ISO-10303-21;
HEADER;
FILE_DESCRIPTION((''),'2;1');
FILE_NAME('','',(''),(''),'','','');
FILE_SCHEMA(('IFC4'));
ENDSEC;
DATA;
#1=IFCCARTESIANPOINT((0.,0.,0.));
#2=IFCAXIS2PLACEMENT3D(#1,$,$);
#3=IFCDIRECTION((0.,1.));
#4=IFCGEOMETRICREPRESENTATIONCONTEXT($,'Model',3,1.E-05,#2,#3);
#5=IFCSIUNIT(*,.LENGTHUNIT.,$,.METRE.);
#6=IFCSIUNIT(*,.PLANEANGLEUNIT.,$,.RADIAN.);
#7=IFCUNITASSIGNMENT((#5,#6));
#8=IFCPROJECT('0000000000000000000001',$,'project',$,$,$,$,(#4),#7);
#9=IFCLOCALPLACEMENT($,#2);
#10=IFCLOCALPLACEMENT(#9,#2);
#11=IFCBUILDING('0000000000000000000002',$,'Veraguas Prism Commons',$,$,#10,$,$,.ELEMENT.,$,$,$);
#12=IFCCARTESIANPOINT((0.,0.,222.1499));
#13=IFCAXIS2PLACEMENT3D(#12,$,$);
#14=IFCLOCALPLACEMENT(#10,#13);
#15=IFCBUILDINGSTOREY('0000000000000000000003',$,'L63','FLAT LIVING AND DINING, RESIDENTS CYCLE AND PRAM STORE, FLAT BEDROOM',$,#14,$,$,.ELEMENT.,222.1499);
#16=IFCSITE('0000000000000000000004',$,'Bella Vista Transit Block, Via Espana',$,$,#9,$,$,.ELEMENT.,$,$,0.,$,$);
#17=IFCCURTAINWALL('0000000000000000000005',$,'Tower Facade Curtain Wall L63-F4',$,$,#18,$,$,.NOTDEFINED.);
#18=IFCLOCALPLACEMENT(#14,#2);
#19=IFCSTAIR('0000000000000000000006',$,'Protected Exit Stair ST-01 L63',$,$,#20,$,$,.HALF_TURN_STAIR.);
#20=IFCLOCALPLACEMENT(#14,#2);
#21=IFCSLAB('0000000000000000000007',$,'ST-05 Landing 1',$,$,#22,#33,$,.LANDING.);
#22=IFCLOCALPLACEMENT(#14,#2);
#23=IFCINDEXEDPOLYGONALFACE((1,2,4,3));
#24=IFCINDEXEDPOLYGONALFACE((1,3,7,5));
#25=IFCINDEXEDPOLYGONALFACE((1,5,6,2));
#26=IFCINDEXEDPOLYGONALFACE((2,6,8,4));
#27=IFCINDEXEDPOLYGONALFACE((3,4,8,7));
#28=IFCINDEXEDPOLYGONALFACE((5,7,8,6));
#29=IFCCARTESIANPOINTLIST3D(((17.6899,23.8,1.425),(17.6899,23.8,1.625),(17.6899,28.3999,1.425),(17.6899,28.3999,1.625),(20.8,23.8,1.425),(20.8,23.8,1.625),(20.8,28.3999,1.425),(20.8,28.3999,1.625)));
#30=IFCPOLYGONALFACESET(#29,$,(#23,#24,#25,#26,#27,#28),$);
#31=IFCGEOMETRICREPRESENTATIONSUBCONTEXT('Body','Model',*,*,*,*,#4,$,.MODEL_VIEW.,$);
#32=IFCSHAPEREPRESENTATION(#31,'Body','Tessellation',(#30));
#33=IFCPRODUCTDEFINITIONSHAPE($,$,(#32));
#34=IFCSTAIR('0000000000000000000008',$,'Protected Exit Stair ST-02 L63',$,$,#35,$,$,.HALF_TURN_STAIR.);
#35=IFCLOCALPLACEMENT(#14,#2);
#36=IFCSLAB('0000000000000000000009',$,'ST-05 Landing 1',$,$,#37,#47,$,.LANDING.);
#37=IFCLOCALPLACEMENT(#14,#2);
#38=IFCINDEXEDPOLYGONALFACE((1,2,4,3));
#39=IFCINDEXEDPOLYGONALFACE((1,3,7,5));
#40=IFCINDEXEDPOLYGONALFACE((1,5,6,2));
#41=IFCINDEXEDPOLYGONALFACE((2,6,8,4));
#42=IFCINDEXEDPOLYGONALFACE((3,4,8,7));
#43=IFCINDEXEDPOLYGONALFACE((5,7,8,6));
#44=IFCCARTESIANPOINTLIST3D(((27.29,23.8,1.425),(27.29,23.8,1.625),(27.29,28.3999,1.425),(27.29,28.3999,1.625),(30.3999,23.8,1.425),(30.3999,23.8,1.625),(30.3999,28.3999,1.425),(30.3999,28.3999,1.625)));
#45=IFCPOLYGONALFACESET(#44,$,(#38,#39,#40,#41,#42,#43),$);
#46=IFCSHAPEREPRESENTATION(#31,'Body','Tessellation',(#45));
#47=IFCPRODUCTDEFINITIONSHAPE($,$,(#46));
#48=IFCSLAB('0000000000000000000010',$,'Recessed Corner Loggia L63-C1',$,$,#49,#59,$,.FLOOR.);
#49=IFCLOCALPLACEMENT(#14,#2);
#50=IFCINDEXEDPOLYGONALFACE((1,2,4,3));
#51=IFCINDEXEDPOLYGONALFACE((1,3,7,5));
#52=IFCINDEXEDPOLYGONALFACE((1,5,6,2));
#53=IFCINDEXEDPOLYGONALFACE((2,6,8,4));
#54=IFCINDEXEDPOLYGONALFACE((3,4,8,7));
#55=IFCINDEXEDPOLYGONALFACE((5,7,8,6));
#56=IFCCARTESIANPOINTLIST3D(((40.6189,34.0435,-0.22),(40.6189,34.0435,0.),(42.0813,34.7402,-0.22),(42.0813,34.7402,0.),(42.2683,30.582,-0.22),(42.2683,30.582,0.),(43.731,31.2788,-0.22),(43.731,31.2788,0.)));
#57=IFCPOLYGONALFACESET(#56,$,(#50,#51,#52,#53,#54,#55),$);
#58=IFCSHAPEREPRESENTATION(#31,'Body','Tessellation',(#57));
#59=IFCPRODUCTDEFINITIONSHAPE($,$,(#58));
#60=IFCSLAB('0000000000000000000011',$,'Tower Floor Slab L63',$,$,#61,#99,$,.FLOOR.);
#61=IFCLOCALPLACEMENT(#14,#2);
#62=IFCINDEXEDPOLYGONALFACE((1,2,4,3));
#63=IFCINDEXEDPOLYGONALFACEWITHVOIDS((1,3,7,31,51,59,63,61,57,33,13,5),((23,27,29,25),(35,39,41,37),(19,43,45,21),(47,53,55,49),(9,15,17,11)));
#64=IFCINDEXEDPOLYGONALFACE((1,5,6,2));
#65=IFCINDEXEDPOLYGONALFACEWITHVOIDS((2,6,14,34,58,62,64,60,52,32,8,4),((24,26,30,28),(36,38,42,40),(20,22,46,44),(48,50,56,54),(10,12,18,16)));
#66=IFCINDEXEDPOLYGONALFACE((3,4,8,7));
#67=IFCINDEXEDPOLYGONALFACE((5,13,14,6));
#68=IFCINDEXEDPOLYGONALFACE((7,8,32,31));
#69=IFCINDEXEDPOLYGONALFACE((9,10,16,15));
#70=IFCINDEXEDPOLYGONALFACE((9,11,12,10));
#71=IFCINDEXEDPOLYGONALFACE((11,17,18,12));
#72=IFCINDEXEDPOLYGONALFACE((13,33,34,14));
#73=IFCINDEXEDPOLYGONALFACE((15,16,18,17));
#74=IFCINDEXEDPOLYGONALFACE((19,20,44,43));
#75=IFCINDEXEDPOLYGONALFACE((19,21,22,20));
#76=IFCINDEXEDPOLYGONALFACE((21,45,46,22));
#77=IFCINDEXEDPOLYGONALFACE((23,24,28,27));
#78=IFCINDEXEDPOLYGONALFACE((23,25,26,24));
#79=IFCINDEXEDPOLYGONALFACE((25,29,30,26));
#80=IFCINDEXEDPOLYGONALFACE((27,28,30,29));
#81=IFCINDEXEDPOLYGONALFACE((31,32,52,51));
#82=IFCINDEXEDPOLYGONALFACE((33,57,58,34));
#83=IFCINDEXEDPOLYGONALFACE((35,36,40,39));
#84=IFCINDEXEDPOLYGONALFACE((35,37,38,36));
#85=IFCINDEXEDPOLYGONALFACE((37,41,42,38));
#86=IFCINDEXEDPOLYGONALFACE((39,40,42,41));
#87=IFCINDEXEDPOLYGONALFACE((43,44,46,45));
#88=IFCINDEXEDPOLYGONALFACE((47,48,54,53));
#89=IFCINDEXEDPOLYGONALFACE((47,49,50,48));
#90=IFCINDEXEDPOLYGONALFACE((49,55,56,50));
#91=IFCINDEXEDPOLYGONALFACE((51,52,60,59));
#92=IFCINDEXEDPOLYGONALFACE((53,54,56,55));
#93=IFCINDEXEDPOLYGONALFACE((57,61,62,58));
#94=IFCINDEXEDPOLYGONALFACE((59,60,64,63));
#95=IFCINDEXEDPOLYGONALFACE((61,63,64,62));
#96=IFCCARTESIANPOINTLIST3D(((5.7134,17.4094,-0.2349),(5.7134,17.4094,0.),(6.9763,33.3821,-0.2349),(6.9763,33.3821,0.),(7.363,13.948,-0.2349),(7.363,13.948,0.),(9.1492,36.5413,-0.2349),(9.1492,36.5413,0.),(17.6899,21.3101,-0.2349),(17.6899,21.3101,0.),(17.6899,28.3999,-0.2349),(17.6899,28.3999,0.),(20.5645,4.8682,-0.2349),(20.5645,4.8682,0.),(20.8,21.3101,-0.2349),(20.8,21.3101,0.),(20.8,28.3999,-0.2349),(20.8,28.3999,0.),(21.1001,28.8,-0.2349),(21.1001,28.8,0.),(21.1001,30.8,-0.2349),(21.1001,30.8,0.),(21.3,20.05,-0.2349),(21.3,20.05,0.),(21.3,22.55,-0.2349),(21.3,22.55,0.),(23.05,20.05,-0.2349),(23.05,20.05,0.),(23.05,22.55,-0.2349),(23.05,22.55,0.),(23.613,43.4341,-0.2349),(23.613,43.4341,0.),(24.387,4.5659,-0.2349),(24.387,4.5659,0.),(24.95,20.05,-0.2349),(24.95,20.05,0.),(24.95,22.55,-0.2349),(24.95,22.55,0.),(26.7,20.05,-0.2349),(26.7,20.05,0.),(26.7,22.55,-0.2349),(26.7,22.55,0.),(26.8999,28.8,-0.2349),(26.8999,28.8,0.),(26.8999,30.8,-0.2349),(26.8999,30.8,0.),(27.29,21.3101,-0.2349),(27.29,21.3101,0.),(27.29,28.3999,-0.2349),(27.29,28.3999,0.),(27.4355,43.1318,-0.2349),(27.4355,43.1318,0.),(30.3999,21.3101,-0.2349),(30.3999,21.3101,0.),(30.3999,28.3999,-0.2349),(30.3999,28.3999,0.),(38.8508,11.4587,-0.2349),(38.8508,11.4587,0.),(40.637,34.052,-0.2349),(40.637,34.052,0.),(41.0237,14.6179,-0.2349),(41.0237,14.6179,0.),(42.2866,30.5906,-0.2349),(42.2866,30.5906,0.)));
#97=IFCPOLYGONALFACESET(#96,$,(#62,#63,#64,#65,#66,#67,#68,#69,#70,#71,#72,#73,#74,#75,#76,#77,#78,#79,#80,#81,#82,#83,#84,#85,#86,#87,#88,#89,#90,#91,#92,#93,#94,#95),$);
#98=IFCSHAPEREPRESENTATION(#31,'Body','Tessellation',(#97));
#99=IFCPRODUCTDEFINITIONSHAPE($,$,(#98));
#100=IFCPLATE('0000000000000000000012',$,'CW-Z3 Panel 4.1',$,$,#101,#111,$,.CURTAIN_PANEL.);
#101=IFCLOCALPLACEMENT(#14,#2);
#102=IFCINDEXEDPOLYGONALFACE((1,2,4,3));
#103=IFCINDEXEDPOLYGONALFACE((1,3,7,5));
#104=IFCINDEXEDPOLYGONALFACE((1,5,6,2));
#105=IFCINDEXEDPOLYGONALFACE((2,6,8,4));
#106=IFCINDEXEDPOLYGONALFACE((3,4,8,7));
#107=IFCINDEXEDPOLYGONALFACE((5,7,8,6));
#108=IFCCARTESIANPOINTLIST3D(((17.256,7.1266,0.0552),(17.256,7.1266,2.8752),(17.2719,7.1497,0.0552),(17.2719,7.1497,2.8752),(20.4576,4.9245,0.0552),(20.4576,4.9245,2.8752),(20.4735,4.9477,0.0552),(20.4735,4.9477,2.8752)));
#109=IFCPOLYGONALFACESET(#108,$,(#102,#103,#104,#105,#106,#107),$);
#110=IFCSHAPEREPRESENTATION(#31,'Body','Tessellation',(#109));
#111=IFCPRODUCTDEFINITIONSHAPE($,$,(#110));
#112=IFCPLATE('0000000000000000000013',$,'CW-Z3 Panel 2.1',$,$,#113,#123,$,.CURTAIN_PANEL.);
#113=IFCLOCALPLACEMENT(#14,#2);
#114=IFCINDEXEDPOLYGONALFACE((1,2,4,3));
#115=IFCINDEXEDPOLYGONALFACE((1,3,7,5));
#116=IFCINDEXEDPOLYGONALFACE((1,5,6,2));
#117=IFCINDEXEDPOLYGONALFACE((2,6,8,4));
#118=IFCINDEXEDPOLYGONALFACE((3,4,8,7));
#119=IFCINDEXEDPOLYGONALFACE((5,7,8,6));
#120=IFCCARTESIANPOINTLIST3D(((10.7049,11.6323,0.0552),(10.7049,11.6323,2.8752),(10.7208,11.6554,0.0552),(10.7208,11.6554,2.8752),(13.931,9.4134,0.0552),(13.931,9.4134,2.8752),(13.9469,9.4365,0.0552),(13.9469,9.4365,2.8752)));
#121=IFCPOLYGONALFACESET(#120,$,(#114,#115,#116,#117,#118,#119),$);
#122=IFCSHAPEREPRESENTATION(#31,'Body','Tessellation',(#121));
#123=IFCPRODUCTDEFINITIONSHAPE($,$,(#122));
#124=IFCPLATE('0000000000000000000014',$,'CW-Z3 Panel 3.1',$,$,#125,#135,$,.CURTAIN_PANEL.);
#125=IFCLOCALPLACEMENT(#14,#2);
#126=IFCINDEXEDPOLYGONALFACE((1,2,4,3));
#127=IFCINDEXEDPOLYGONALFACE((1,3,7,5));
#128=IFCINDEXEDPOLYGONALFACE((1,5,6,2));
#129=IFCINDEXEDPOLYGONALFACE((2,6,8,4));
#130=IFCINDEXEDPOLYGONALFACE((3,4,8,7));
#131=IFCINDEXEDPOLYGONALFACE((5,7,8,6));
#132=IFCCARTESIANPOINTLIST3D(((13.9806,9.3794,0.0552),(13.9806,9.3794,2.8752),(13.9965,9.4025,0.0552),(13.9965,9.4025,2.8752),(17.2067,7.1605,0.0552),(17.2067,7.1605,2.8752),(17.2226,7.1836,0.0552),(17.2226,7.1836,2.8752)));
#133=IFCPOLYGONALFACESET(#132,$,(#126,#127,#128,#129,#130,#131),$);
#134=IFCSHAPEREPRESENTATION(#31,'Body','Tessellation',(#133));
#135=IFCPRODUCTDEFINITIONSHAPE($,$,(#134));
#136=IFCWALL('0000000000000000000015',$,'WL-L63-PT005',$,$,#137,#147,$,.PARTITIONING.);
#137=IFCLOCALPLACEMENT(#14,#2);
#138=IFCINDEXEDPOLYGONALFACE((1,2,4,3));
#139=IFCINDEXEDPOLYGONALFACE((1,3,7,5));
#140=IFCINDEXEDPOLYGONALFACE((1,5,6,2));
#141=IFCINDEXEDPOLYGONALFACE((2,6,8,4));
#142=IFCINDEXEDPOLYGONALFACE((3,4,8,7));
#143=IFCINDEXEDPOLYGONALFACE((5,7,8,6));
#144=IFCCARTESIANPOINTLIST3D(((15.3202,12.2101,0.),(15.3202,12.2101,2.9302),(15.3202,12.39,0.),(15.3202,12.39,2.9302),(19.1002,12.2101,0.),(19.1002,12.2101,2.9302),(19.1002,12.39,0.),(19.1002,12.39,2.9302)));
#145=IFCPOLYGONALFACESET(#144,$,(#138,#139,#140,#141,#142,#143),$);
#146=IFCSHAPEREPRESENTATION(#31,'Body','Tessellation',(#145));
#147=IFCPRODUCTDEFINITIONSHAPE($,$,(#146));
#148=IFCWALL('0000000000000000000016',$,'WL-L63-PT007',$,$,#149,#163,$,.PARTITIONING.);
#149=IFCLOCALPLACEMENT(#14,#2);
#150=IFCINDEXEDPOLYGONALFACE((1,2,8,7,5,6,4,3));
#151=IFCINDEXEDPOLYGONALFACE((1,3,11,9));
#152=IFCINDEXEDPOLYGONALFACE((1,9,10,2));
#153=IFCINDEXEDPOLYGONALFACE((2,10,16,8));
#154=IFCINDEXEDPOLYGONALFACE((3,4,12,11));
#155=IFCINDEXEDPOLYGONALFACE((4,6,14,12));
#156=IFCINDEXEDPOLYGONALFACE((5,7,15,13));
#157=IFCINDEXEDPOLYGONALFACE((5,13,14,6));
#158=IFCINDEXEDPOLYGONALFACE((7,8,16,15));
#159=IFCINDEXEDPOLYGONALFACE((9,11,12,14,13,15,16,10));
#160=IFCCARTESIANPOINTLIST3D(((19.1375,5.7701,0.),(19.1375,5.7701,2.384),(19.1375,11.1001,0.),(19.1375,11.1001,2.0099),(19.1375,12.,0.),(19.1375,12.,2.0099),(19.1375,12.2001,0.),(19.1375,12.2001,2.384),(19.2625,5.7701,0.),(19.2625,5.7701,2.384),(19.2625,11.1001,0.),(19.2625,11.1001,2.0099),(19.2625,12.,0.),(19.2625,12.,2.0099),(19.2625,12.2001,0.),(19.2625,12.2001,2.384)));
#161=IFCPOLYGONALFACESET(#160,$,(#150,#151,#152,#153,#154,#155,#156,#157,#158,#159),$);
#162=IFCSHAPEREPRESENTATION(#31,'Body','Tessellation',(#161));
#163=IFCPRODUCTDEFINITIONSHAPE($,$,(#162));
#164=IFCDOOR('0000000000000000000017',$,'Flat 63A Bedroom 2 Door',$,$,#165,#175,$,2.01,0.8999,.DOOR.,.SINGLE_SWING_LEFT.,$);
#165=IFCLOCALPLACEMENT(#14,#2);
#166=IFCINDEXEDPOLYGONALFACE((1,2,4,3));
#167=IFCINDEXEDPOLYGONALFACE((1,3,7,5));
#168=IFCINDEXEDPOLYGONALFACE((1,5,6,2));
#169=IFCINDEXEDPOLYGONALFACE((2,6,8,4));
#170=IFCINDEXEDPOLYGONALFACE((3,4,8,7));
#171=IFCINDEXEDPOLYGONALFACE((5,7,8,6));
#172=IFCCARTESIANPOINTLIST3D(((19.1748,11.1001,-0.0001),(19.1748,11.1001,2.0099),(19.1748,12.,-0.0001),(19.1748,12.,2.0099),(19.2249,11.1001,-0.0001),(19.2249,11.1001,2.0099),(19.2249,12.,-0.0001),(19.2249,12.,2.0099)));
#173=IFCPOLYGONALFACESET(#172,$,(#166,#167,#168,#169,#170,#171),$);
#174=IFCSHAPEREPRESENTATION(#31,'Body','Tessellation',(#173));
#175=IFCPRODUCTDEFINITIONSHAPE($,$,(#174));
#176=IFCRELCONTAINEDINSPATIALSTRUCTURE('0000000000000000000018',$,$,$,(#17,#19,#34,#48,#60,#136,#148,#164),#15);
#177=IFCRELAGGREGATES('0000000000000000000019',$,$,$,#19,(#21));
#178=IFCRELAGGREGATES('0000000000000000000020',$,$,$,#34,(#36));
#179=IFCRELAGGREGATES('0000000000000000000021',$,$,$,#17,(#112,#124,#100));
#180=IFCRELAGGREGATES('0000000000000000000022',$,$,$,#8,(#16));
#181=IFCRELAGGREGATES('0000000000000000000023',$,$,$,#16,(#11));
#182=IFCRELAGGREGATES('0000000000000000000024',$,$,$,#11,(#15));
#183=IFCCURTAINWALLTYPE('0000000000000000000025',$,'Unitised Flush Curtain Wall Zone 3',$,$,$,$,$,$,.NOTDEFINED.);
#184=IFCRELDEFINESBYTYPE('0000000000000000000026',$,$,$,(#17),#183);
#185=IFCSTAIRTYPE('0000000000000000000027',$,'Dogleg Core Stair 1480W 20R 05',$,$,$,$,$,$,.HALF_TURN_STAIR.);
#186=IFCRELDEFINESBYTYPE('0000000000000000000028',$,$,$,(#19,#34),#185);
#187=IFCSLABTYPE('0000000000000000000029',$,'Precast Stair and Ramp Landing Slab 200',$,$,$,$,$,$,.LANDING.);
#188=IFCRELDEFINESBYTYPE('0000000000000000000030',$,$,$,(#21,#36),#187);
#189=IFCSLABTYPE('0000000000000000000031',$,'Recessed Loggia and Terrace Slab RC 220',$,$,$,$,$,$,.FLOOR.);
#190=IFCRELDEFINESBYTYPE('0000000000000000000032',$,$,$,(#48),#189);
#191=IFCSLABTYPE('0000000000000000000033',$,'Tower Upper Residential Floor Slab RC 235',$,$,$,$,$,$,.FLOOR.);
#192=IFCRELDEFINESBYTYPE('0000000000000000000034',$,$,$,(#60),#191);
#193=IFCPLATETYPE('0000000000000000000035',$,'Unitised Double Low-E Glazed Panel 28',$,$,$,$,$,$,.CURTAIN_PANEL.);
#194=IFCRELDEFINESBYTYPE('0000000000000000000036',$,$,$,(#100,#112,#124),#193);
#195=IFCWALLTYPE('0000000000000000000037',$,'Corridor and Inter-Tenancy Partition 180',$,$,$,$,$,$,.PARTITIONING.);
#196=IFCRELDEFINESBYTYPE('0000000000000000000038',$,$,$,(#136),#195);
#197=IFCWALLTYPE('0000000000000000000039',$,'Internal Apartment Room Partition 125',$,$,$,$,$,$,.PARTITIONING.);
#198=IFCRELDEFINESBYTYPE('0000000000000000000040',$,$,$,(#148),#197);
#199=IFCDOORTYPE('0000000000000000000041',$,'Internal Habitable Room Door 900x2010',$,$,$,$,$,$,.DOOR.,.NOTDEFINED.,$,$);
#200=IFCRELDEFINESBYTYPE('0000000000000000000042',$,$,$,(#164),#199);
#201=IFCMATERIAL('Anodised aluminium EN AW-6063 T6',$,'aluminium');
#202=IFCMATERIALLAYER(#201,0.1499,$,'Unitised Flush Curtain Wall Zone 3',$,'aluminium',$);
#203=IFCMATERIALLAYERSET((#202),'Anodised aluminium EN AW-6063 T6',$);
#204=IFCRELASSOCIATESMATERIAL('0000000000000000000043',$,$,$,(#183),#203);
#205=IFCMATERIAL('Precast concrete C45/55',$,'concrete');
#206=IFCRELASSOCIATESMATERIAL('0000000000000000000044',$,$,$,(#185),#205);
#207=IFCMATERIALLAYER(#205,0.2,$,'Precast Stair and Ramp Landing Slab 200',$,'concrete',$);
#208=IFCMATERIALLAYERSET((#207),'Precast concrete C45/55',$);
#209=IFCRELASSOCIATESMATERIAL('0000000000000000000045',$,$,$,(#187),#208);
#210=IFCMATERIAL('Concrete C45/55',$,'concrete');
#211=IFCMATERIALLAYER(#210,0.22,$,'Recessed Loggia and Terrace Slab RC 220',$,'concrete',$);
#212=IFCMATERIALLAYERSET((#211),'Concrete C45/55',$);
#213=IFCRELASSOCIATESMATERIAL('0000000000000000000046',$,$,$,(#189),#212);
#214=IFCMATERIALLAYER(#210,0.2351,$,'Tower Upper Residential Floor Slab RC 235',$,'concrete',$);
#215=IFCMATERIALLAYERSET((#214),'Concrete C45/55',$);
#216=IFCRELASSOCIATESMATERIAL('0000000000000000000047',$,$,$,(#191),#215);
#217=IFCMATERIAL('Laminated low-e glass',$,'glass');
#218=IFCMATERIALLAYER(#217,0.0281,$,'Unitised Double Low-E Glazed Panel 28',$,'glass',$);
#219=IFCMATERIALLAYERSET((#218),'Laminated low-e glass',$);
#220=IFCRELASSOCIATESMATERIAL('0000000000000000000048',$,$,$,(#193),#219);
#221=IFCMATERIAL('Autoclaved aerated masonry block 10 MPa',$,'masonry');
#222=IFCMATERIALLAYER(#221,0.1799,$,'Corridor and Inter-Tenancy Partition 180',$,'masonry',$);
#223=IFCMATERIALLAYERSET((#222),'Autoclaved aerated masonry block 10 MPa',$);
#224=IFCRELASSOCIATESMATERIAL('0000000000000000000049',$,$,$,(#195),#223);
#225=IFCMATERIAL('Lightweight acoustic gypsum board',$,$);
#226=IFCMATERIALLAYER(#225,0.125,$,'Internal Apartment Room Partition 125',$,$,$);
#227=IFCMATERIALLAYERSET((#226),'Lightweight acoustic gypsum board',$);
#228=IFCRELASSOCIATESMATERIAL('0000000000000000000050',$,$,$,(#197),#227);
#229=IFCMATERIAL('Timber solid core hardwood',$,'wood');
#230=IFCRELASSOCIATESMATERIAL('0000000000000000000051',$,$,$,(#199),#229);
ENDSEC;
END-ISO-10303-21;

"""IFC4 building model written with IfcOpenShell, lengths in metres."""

from ifc_helpers import new_model, si_unit, direction, frame, frame_2d, origin, origin_2d, place, context, subcontext, project, spatial, polyline, rectangle, outline, extrude, source, transform, mapped, material, layer, layer_set, type_object, element, fill, aggregate, save


model = new_model("IFC4")

# Units and contexts
model_context = context("Model", 3, precision=1e-05, world=origin(), true_north=direction((0.0, 1.0)))
body_context = subcontext(model_context, "Body", "Model", "MODEL_VIEW")
ifc_project = project(units=[si_unit("LENGTHUNIT", "METRE"), si_unit("PLANEANGLEUNIT", "RADIAN")], contexts=[model_context])

# Site, building, storey
site_placement = place(None, origin())
site = spatial("IfcSite", under=ifc_project, at=site_placement, Name="Bella Vista Transit Block, Via Espana", CompositionType="ELEMENT", RefElevation=0.0)
building_placement = place(site_placement, origin())
building = spatial("IfcBuilding", under=site, at=building_placement, Name="Veraguas Prism Commons", CompositionType="ELEMENT")
storey_placement = place(building_placement, frame((0.0, 0.0, 222.1499)))
storey = spatial("IfcBuildingStorey", under=building, at=storey_placement, Name="L63", Description="FLAT LIVING AND DINING, RESIDENTS CYCLE AND PRAM STORE, FLAT BEDROOM", CompositionType="ELEMENT", Elevation=222.1499)

# Curtain wall
ifc_material_1 = material(Name="Anodised aluminium EN AW-6063 T6", Category="aluminium")
ifc_layer_1 = layer(ifc_material_1, 0.1499, Name="Unitised Flush Curtain Wall Zone 3", Category="aluminium")
ifc_layer_set_1 = layer_set([ifc_layer_1], Name="Anodised aluminium EN AW-6063 T6")
curtain_wall_type = type_object("IfcCurtainWallType", Name="Unitised Flush Curtain Wall Zone 3", PredefinedType="NOTDEFINED", material=ifc_layer_set_1)
curtain_wall_1_placement = place(storey_placement, origin())
curtain_wall_1 = element("IfcCurtainWall", 1, at=curtain_wall_1_placement, inside=storey, type_object=curtain_wall_type, Name="Tower Facade Curtain Wall L63-F4", PredefinedType="NOTDEFINED")

# Stairs, slabs
ifc_material_2 = material(Name="Precast concrete C45/55", Category="concrete")
stair_type = type_object("IfcStairType", Name="Dogleg Core Stair 1480W 20R 05", PredefinedType="HALF_TURN_STAIR", material=ifc_material_2)
stair_1_placement = place(storey_placement, origin())
stair_1 = element("IfcStair", 2, at=stair_1_placement, inside=storey, type_object=stair_type, Name="Protected Exit Stair ST-01 L63", PredefinedType="HALF_TURN_STAIR")
ifc_layer_2 = layer(ifc_material_2, 0.2, Name="Precast Stair and Ramp Landing Slab 200", Category="concrete")
ifc_layer_set_2 = layer_set([ifc_layer_2], Name="Precast concrete C45/55")
slab_type_1 = type_object("IfcSlabType", Name="Precast Stair and Ramp Landing Slab 200", PredefinedType="LANDING", material=ifc_layer_set_2)
slab_1_placement = place(storey_placement, frame((0.0, 0.0, 1.425)))
slab_1 = element("IfcSlab", 3, at=slab_1_placement, type_object=slab_type_1, Name="ST-05 Landing 1", PredefinedType="LANDING", context=body_context, shape_type="SweptSolid", body=[
    extrude(outline(polyline([(20.8, 23.8), (20.8, 28.3999), (17.6899, 28.3999), (17.6899, 23.8), (20.8, 23.8)])), origin(), (0.0, 0.0, 1.0), 0.2),
])
aggregate(stair_1, [slab_1])
stair_2_placement = place(storey_placement, origin())
stair_2 = element("IfcStair", 4, at=stair_2_placement, inside=storey, type_object=stair_type, Name="Protected Exit Stair ST-02 L63", PredefinedType="HALF_TURN_STAIR")
slab_2_placement = place(storey_placement, frame((0.0, 0.0, 1.425)))
slab_2 = element("IfcSlab", 5, at=slab_2_placement, type_object=slab_type_1, Name="ST-05 Landing 1", PredefinedType="LANDING", context=body_context, shape_type="SweptSolid", body=[
    extrude(outline(polyline([(30.3999, 23.8), (30.3999, 28.3999), (27.29, 28.3999), (27.29, 23.8), (30.3999, 23.8)])), origin(), (0.0, 0.0, 1.0), 0.2),
])
aggregate(stair_2, [slab_2])

# Slabs
ifc_material_3 = material(Name="Concrete C45/55", Category="concrete")
ifc_layer_3 = layer(ifc_material_3, 0.22, Name="Recessed Loggia and Terrace Slab RC 220", Category="concrete")
ifc_layer_set_3 = layer_set([ifc_layer_3], Name="Concrete C45/55")
slab_type_2 = type_object("IfcSlabType", Name="Recessed Loggia and Terrace Slab RC 220", PredefinedType="FLOOR", material=ifc_layer_set_3)
slab_3_placement = place(storey_placement, frame((0.0, 0.0, -0.22)))
element("IfcSlab", 6, at=slab_3_placement, inside=storey, type_object=slab_type_2, Name="Recessed Corner Loggia L63-C1", PredefinedType="FLOOR", context=body_context, shape_type="SweptSolid", body=[
    extrude(outline(polyline([(42.2683, 30.582), (43.731, 31.2788), (42.0813, 34.7402), (40.6189, 34.0435), (42.2683, 30.582)])), origin(), (0.0, 0.0, 1.0), 0.22),
])
ifc_layer_4 = layer(ifc_material_3, 0.2351, Name="Tower Upper Residential Floor Slab RC 235", Category="concrete")
ifc_layer_set_4 = layer_set([ifc_layer_4], Name="Concrete C45/55")
slab_type_3 = type_object("IfcSlabType", Name="Tower Upper Residential Floor Slab RC 235", PredefinedType="FLOOR", material=ifc_layer_set_4)
slab_4_placement = place(storey_placement, frame((0.0, 0.0, -0.2349)))
element("IfcSlab", 7, at=slab_4_placement, inside=storey, type_object=slab_type_3, Name="Tower Floor Slab L63", PredefinedType="FLOOR", context=body_context, shape_type="SweptSolid", body=[
    extrude(outline(polyline([(42.2866, 30.5906), (40.637, 34.052), (27.4355, 43.1318), (23.613, 43.4341), (9.1492, 36.5413), (6.9763, 33.3821), (5.7134, 17.4094), (7.363, 13.948), (20.5645, 4.8682), (24.387, 4.5659), (38.8508, 11.4587), (41.0237, 14.6179), (42.2866, 30.5906)]), holes=[polyline([(20.8, 21.3101), (20.8, 28.3999), (17.6899, 28.3999), (17.6899, 21.3101), (20.8, 21.3101)]), polyline([(30.3999, 21.3101), (30.3999, 28.3999), (27.29, 28.3999), (27.29, 21.3101), (30.3999, 21.3101)]), polyline([(21.1001, 28.8), (26.8999, 28.8), (26.8999, 30.8), (21.1001, 30.8), (21.1001, 28.8)]), polyline([(21.3, 20.05), (23.05, 20.05), (23.05, 22.55), (21.3, 22.55), (21.3, 20.05)]), polyline([(24.95, 20.05), (26.7, 20.05), (26.7, 22.55), (24.95, 22.55), (24.95, 20.05)])]), origin(), (0.0, 0.0, 1.0), 0.2349),
])

# Plates
ifc_material_4 = material(Name="Laminated low-e glass", Category="glass")
ifc_layer_5 = layer(ifc_material_4, 0.0281, Name="Unitised Double Low-E Glazed Panel 28", Category="glass")
ifc_layer_set_5 = layer_set([ifc_layer_5], Name="Laminated low-e glass")
plate_type = type_object("IfcPlateType", Name="Unitised Double Low-E Glazed Panel 28", PredefinedType="CURTAIN_PANEL", material=ifc_layer_set_5)
shared_shape_1 = source(origin(), body_context, "Body", "SweptSolid", [
    extrude(rectangle(XDim=3.8857, YDim=0.0281, at=origin_2d()), origin(), (0.0, 0.0, 1.0), 2.8201),
])
plate_1_placement = place(storey_placement, frame((18.8647, 6.0371, 0.0552), z_axis=(0.0, 0.0, 1.0), x_axis=(0.823926, -0.566697, 0.0)))
plate_1 = element("IfcPlate", 8, at=plate_1_placement, type_object=plate_type, Name="CW-Z3 Panel 4.1", PredefinedType="CURTAIN_PANEL", context=body_context, shape_type="MappedRepresentation", body=[
    mapped(shared_shape_1, transform((0.0, 0.0, 0.0), scale=1.0)),
])
shared_shape_2 = source(origin(), body_context, "Body", "SweptSolid", [
    extrude(rectangle(XDim=3.9155, YDim=0.0281, at=origin_2d()), origin(), (0.0, 0.0, 1.0), 2.8201),
])
plate_2_placement = place(storey_placement, frame((12.3259, 10.5344, 0.0552), z_axis=(0.0, 0.0, 1.0), x_axis=(0.823926, -0.566697, 0.0)))
plate_2 = element("IfcPlate", 9, at=plate_2_placement, type_object=plate_type, Name="CW-Z3 Panel 2.1", PredefinedType="CURTAIN_PANEL", context=body_context, shape_type="MappedRepresentation", body=[
    mapped(shared_shape_2, transform((0.0, 0.0, 0.0), scale=1.0)),
])
plate_3_placement = place(storey_placement, frame((15.6016, 8.2815, 0.0552), z_axis=(0.0, 0.0, 1.0), x_axis=(0.823926, -0.566697, 0.0)))
plate_3 = element("IfcPlate", 10, at=plate_3_placement, type_object=plate_type, Name="CW-Z3 Panel 3.1", PredefinedType="CURTAIN_PANEL", context=body_context, shape_type="MappedRepresentation", body=[
    mapped(shared_shape_2, transform((0.0, 0.0, 0.0), scale=1.0)),
])
aggregate(curtain_wall_1, [plate_2, plate_3, plate_1])

# Wall
ifc_material_5 = material(Name="Autoclaved aerated masonry block 10 MPa", Category="masonry")
ifc_layer_6 = layer(ifc_material_5, 0.1799, Name="Corridor and Inter-Tenancy Partition 180", Category="masonry")
ifc_layer_set_6 = layer_set([ifc_layer_6], Name="Autoclaved aerated masonry block 10 MPa")
wall_type_1 = type_object("IfcWallType", Name="Corridor and Inter-Tenancy Partition 180", PredefinedType="PARTITIONING", material=ifc_layer_set_6)
wall_1_placement = place(storey_placement, frame((15.3201, 12.3, 0.0), z_axis=(0.0, 0.0, 1.0), x_axis=(1.0, 0.0, 0.0)))
element("IfcWall", 11, at=wall_1_placement, inside=storey, type_object=wall_type_1, Name="WL-L63-PT005", PredefinedType="PARTITIONING", context=body_context, shape_type="SweptSolid", body=[
    extrude(rectangle(XDim=3.78, YDim=0.1799, at=frame_2d((1.8901, 0.0))), origin(), (0.0, 0.0, 1.0), 2.9302),
])

# Wall, opening, door
ifc_material_6 = material(Name="Lightweight acoustic gypsum board")
ifc_layer_7 = layer(ifc_material_6, 0.125, Name="Internal Apartment Room Partition 125")
ifc_layer_set_7 = layer_set([ifc_layer_7], Name="Lightweight acoustic gypsum board")
wall_type_2 = type_object("IfcWallType", Name="Internal Apartment Room Partition 125", PredefinedType="PARTITIONING", material=ifc_layer_set_7)
wall_2_placement = place(storey_placement, frame((19.2, 12.2, 0.0), z_axis=(0.0, 0.0, 1.0), x_axis=(0.0, -1.0, 0.0)))
wall_2 = element("IfcWall", 12, at=wall_2_placement, inside=storey, type_object=wall_type_2, Name="WL-L63-PT007", PredefinedType="PARTITIONING", context=body_context, shape_type="SweptSolid", body=[
    extrude(rectangle(XDim=6.4299, YDim=0.125, at=frame_2d((3.2148, 0.0))), origin(), (0.0, 0.0, 1.0), 2.384),
])
opening_1_placement = place(wall_2_placement, frame((0.2, 0.0, 0.0)))
opening_1 = element("IfcOpeningElement", 13, at=opening_1_placement, cuts=wall_2, PredefinedType="OPENING", context=body_context, shape_type="SweptSolid", body=[
    extrude(rectangle(XDim=0.8999, YDim=2.01, at=frame_2d((0.45, 1.0049))), frame((0.0, 0.0725, 0.0), z_axis=(0.0, -1.0, 0.0), x_axis=(1.0, 0.0, 0.0)), (0.0, 0.0, 1.0), 0.145),
])
ifc_material_7 = material(Name="Timber solid core hardwood", Category="wood")
door_type_1 = type_object("IfcDoorType", Name="Internal Habitable Room Door 900x2010", OperationType="NOTDEFINED", PredefinedType="DOOR", material=ifc_material_7)
shared_shape_3 = source(origin(), body_context, "Body", "SweptSolid", [
    extrude(rectangle(XDim=0.8999, YDim=2.01, at=frame_2d((0.45, 1.0049))), frame((0.0, 0.0249, 0.0), z_axis=(0.0, -1.0, 0.0), x_axis=(1.0, 0.0, 0.0)), (0.0, 0.0, 1.0), 0.05),
])
door_1_placement = place(opening_1_placement, origin())
door_1 = element("IfcDoor", 14, at=door_1_placement, inside=storey, type_object=door_type_1, Name="Flat 63A Bedroom 2 Door", OperationType="SINGLE_SWING_LEFT", OverallHeight=2.01, OverallWidth=0.8999, PredefinedType="DOOR", context=body_context, shape_type="MappedRepresentation", body=[
    mapped(shared_shape_3, transform((0.0, 0.0, 0.0), scale=1.0)),
])
fill(opening_1, door_1)

save(model, "model.ifc")
